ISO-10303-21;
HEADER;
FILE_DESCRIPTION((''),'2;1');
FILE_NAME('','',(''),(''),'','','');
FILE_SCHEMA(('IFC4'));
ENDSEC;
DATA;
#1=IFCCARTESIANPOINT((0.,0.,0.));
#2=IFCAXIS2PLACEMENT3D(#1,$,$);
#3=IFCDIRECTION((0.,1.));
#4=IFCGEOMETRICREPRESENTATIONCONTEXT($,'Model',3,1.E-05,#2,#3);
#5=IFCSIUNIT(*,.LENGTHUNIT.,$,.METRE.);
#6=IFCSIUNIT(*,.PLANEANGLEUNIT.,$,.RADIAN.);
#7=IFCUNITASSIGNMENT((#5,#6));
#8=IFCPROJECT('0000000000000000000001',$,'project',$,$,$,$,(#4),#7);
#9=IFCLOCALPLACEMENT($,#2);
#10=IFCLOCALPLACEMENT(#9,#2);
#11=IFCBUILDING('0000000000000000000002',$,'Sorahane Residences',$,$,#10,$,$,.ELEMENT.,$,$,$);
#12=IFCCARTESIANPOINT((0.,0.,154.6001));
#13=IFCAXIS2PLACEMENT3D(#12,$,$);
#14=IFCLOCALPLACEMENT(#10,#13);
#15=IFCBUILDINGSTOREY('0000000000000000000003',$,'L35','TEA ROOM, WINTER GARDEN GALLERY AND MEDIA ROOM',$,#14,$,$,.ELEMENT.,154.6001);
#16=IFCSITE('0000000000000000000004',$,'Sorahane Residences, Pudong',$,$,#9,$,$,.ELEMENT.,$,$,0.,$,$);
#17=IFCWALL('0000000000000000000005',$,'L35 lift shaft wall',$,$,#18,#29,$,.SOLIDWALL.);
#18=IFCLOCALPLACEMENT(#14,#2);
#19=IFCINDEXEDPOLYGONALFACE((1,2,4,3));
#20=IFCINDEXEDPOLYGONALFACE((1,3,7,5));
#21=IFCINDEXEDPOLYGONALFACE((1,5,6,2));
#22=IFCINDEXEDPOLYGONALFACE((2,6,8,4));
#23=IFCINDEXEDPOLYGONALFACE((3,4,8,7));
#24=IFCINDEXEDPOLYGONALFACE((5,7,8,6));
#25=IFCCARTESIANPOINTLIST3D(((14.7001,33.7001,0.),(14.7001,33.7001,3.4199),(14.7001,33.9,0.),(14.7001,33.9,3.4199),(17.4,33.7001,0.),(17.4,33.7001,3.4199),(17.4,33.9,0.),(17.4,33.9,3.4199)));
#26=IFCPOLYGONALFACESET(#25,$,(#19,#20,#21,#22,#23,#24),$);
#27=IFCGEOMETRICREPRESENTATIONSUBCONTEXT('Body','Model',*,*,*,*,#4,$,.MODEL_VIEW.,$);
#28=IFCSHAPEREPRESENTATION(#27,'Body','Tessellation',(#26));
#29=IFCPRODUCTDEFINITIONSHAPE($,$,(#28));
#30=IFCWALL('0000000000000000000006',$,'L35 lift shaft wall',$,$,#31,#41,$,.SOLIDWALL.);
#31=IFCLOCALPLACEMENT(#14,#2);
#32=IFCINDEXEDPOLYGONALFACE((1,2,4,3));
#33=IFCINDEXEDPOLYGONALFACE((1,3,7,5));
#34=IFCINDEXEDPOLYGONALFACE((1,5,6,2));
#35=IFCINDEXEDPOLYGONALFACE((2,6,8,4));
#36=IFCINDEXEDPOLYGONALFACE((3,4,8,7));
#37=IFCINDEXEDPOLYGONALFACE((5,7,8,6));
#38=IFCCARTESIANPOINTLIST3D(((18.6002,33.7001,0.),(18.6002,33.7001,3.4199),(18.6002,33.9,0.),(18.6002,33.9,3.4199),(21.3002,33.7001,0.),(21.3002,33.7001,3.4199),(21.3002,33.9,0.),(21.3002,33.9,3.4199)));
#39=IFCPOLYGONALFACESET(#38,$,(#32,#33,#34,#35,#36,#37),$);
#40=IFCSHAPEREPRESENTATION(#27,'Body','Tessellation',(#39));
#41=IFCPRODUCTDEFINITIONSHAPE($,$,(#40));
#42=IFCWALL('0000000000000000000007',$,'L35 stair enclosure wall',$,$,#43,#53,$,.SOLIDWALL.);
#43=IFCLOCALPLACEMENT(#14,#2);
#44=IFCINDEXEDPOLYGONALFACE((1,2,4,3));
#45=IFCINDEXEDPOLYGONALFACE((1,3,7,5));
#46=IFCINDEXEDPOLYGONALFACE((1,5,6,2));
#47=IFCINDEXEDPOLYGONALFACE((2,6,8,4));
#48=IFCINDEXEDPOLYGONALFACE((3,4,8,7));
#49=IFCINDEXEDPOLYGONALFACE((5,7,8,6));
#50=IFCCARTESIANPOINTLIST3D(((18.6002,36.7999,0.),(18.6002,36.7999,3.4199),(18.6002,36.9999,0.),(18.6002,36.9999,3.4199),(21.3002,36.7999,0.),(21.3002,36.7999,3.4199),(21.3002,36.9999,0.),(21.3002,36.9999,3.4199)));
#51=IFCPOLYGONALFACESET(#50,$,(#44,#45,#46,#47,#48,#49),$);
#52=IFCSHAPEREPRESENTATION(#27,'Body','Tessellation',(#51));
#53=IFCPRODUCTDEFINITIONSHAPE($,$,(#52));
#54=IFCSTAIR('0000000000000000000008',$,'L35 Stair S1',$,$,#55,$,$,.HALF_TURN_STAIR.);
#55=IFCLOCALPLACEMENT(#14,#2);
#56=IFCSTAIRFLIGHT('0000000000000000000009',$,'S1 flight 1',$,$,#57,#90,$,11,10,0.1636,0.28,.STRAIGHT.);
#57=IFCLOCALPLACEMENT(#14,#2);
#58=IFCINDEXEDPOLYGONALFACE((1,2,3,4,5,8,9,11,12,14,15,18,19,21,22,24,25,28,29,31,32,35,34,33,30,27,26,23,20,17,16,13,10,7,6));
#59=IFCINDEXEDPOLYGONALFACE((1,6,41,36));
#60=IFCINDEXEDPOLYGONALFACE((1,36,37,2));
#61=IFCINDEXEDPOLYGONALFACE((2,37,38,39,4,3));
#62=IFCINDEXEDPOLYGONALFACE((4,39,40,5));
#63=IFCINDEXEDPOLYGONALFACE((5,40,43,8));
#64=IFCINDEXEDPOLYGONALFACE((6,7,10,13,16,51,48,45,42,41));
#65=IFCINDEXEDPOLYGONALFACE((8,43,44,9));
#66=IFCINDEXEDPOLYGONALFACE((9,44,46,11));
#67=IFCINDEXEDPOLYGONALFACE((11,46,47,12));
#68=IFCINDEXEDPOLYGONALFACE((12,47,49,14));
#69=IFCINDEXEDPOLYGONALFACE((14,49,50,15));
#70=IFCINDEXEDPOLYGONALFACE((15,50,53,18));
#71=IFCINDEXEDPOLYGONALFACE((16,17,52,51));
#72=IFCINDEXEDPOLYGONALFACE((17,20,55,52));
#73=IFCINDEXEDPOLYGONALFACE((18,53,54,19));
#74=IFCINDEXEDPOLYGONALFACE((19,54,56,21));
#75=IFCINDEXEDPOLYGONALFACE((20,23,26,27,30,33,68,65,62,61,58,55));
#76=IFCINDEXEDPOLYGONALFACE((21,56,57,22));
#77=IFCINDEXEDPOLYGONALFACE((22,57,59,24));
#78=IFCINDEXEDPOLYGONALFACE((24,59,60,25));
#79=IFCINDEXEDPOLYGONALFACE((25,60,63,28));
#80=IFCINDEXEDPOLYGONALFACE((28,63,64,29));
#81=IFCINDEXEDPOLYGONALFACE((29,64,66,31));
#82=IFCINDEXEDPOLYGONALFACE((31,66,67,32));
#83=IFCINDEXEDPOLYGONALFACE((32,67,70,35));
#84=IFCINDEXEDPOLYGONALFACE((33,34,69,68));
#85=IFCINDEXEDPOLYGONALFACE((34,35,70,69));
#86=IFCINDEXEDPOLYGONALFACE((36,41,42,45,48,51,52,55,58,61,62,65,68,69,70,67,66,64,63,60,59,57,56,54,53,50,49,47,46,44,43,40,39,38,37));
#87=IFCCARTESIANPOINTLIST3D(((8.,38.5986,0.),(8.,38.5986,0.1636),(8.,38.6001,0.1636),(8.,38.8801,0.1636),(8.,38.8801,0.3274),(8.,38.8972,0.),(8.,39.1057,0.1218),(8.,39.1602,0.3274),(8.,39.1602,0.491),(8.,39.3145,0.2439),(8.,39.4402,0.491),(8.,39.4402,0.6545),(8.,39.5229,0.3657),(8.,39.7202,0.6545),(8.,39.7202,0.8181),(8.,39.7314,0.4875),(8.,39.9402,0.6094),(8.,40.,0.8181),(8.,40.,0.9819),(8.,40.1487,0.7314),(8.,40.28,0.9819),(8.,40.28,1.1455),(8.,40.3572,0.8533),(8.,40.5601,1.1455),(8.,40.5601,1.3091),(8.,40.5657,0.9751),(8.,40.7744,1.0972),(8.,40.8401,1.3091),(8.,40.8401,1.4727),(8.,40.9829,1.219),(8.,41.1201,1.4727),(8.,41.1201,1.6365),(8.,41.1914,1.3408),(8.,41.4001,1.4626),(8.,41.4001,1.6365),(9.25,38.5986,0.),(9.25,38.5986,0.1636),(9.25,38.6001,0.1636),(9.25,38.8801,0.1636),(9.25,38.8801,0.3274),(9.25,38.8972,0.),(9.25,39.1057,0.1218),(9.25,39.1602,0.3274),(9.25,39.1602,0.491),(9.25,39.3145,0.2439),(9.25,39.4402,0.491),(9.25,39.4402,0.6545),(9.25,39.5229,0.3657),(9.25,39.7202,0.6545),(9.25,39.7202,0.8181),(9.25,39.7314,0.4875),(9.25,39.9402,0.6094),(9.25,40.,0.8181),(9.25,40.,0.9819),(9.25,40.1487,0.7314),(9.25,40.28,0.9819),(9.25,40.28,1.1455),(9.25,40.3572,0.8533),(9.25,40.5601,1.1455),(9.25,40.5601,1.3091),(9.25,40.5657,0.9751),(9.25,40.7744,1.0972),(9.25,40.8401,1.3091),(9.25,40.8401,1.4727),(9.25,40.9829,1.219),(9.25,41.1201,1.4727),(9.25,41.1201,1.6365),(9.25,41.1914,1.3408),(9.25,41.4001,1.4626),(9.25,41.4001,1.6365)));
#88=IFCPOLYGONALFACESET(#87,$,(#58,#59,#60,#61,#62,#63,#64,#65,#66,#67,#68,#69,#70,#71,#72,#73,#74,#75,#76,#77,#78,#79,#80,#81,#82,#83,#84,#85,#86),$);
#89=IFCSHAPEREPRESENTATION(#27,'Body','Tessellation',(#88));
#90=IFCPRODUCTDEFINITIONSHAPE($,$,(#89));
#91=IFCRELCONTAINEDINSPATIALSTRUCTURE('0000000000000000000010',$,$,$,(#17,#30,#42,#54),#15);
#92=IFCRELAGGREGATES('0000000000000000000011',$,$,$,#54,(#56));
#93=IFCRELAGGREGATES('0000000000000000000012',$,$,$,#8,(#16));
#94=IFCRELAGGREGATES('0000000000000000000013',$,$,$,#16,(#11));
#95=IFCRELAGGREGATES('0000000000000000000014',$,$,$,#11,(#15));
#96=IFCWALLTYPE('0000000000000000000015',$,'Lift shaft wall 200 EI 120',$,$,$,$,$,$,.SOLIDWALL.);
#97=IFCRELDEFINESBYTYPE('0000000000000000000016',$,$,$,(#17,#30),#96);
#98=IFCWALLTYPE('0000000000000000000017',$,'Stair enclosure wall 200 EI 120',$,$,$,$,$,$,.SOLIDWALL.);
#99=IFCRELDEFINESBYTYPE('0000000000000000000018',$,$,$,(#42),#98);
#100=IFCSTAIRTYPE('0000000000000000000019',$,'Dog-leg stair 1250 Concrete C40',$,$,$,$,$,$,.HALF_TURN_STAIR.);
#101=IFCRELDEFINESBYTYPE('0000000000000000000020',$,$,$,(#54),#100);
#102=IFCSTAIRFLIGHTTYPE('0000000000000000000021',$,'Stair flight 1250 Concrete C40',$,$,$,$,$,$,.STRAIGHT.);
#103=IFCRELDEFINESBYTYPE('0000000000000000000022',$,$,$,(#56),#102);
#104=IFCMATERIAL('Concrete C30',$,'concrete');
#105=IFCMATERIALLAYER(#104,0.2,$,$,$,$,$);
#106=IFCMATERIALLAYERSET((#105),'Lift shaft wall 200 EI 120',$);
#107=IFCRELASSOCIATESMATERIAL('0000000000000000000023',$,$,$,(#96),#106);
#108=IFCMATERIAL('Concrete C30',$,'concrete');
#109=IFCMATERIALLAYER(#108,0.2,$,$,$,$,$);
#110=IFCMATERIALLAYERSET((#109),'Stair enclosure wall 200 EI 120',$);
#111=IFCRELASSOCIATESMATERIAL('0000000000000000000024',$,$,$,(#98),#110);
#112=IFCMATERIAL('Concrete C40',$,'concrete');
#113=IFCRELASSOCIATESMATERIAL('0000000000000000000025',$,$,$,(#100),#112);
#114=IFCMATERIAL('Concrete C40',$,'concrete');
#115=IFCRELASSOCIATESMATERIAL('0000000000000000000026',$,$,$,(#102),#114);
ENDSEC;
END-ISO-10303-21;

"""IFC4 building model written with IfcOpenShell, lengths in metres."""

from ifc_helpers import new_model, si_unit, direction, frame, frame_2d, origin, place, context, subcontext, project, spatial, polyline, rectangle, outline, extrude, material, layer, layer_set, type_object, element, aggregate, save


model = new_model("IFC4")

# Units and contexts
model_context = context("Model", 3, precision=1e-05, world=origin(), true_north=direction((0.0, 1.0)))
body_context = subcontext(model_context, "Body", "Model", "MODEL_VIEW")
ifc_project = project(units=[si_unit("LENGTHUNIT", "METRE"), si_unit("PLANEANGLEUNIT", "RADIAN")], contexts=[model_context])

# Site, building, storey
site_placement = place(None, origin())
site = spatial("IfcSite", under=ifc_project, at=site_placement, Name="Sorahane Residences, Pudong", CompositionType="ELEMENT", RefElevation=0.0)
building_placement = place(site_placement, origin())
building = spatial("IfcBuilding", under=site, at=building_placement, Name="Sorahane Residences", CompositionType="ELEMENT")
storey_placement = place(building_placement, frame((0.0, 0.0, 154.6001)))
storey = spatial("IfcBuildingStorey", under=building, at=storey_placement, Name="L35", Description="TEA ROOM, WINTER GARDEN GALLERY AND MEDIA ROOM", CompositionType="ELEMENT", Elevation=154.6001)

# Walls
ifc_material_1 = material(Name="Concrete C30", Category="concrete")
ifc_layer_1 = layer(ifc_material_1, 0.2)
ifc_layer_set_1 = layer_set([ifc_layer_1], Name="Lift shaft wall 200 EI 120")
wall_type_1 = type_object("IfcWallType", Name="Lift shaft wall 200 EI 120", PredefinedType="SOLIDWALL", material=ifc_layer_set_1)
for number, where, z_axis, x_axis, name in (
    (1, (14.7, 33.8, 0.0), (0.0, 0.0, 1.0), (1.0, 0.0, 0.0), "L35 lift shaft wall"),
    (2, (18.6001, 33.8, 0.0), (0.0, 0.0, 1.0), (1.0, 0.0, 0.0), "L35 lift shaft wall"),
):
    element("IfcWall", number, at=place(storey_placement, frame(where, z_axis=z_axis, x_axis=x_axis)), inside=storey, type_object=wall_type_1, Name=name, PredefinedType="SOLIDWALL", context=body_context, shape_type="SweptSolid", body=[
        extrude(rectangle(XDim=2.7, YDim=0.2, at=frame_2d((1.3501, 0.0))), origin(), (0.0, 0.0, 1.0), 3.4199),
    ])
ifc_material_2 = material(Name="Concrete C30", Category="concrete")
ifc_layer_2 = layer(ifc_material_2, 0.2)
ifc_layer_set_2 = layer_set([ifc_layer_2], Name="Stair enclosure wall 200 EI 120")
wall_type_2 = type_object("IfcWallType", Name="Stair enclosure wall 200 EI 120", PredefinedType="SOLIDWALL", material=ifc_layer_set_2)
wall_placement = place(storey_placement, frame((18.6001, 36.8999, 0.0), z_axis=(0.0, 0.0, 1.0), x_axis=(1.0, 0.0, 0.0)))
element("IfcWall", 3, at=wall_placement, inside=storey, type_object=wall_type_2, Name="L35 stair enclosure wall", PredefinedType="SOLIDWALL", context=body_context, shape_type="SweptSolid", body=[
    extrude(rectangle(XDim=2.7, YDim=0.2, at=frame_2d((1.3501, 0.0))), origin(), (0.0, 0.0, 1.0), 3.4199),
])

# Stair, stair flight
ifc_material_3 = material(Name="Concrete C40", Category="concrete")
stair_type = type_object("IfcStairType", Name="Dog-leg stair 1250 Concrete C40", PredefinedType="HALF_TURN_STAIR", material=ifc_material_3)
stair_placement = place(storey_placement, origin())
stair = element("IfcStair", 4, at=stair_placement, inside=storey, type_object=stair_type, Name="L35 Stair S1", PredefinedType="HALF_TURN_STAIR")
ifc_material_4 = material(Name="Concrete C40", Category="concrete")
stair_flight_type = type_object("IfcStairFlightType", Name="Stair flight 1250 Concrete C40", PredefinedType="STRAIGHT", material=ifc_material_4)
stair_flight_placement = place(storey_placement, frame((8.625, 38.6001, 0.0), z_axis=(0.0, 0.0, 1.0), x_axis=(0.0, 1.0, 0.0)))
stair_flight = element("IfcStairFlight", 5, at=stair_flight_placement, type_object=stair_flight_type, Name="S1 flight 1", NumberOfRisers=11, NumberOfTreads=10, PredefinedType="STRAIGHT", RiserHeight=0.1636, TreadLength=0.28, context=body_context, shape_type="SweptSolid", body=[
    extrude(outline(polyline([(-0.0015, 0.0), (-0.0015, 0.1636), (0.0, 0.1636), (0.28, 0.1636), (0.28, 0.3274), (0.5601, 0.3274), (0.5601, 0.491), (0.8401, 0.491), (0.8401, 0.6545), (1.1201, 0.6545), (1.1201, 0.8181), (1.3999, 0.8181), (1.3999, 0.9819), (1.6799, 0.9819), (1.6799, 1.1455), (1.96, 1.1455), (1.96, 1.3091), (2.24, 1.3091), (2.24, 1.4727), (2.52, 1.4727), (2.52, 1.6365), (2.8, 1.6365), (2.8, 1.8), (2.8, 1.4626), (2.5913, 1.3408), (2.3828, 1.219), (2.1743, 1.0972), (1.9656, 0.9751), (1.7571, 0.8533), (1.5486, 0.7314), (1.3401, 0.6094), (1.1313, 0.4875), (0.9229, 0.3657), (0.7144, 0.2439), (0.5056, 0.1218), (0.2971, 0.0), (-0.0015, 0.0)])), frame((0.0, 0.625, 0.0), z_axis=(0.0, -1.0, 0.0), x_axis=(1.0, 0.0, 0.0)), (0.0, 0.0, 1.0), 1.25),
])
aggregate(stair, [stair_flight])

save(model, "model.ifc")
